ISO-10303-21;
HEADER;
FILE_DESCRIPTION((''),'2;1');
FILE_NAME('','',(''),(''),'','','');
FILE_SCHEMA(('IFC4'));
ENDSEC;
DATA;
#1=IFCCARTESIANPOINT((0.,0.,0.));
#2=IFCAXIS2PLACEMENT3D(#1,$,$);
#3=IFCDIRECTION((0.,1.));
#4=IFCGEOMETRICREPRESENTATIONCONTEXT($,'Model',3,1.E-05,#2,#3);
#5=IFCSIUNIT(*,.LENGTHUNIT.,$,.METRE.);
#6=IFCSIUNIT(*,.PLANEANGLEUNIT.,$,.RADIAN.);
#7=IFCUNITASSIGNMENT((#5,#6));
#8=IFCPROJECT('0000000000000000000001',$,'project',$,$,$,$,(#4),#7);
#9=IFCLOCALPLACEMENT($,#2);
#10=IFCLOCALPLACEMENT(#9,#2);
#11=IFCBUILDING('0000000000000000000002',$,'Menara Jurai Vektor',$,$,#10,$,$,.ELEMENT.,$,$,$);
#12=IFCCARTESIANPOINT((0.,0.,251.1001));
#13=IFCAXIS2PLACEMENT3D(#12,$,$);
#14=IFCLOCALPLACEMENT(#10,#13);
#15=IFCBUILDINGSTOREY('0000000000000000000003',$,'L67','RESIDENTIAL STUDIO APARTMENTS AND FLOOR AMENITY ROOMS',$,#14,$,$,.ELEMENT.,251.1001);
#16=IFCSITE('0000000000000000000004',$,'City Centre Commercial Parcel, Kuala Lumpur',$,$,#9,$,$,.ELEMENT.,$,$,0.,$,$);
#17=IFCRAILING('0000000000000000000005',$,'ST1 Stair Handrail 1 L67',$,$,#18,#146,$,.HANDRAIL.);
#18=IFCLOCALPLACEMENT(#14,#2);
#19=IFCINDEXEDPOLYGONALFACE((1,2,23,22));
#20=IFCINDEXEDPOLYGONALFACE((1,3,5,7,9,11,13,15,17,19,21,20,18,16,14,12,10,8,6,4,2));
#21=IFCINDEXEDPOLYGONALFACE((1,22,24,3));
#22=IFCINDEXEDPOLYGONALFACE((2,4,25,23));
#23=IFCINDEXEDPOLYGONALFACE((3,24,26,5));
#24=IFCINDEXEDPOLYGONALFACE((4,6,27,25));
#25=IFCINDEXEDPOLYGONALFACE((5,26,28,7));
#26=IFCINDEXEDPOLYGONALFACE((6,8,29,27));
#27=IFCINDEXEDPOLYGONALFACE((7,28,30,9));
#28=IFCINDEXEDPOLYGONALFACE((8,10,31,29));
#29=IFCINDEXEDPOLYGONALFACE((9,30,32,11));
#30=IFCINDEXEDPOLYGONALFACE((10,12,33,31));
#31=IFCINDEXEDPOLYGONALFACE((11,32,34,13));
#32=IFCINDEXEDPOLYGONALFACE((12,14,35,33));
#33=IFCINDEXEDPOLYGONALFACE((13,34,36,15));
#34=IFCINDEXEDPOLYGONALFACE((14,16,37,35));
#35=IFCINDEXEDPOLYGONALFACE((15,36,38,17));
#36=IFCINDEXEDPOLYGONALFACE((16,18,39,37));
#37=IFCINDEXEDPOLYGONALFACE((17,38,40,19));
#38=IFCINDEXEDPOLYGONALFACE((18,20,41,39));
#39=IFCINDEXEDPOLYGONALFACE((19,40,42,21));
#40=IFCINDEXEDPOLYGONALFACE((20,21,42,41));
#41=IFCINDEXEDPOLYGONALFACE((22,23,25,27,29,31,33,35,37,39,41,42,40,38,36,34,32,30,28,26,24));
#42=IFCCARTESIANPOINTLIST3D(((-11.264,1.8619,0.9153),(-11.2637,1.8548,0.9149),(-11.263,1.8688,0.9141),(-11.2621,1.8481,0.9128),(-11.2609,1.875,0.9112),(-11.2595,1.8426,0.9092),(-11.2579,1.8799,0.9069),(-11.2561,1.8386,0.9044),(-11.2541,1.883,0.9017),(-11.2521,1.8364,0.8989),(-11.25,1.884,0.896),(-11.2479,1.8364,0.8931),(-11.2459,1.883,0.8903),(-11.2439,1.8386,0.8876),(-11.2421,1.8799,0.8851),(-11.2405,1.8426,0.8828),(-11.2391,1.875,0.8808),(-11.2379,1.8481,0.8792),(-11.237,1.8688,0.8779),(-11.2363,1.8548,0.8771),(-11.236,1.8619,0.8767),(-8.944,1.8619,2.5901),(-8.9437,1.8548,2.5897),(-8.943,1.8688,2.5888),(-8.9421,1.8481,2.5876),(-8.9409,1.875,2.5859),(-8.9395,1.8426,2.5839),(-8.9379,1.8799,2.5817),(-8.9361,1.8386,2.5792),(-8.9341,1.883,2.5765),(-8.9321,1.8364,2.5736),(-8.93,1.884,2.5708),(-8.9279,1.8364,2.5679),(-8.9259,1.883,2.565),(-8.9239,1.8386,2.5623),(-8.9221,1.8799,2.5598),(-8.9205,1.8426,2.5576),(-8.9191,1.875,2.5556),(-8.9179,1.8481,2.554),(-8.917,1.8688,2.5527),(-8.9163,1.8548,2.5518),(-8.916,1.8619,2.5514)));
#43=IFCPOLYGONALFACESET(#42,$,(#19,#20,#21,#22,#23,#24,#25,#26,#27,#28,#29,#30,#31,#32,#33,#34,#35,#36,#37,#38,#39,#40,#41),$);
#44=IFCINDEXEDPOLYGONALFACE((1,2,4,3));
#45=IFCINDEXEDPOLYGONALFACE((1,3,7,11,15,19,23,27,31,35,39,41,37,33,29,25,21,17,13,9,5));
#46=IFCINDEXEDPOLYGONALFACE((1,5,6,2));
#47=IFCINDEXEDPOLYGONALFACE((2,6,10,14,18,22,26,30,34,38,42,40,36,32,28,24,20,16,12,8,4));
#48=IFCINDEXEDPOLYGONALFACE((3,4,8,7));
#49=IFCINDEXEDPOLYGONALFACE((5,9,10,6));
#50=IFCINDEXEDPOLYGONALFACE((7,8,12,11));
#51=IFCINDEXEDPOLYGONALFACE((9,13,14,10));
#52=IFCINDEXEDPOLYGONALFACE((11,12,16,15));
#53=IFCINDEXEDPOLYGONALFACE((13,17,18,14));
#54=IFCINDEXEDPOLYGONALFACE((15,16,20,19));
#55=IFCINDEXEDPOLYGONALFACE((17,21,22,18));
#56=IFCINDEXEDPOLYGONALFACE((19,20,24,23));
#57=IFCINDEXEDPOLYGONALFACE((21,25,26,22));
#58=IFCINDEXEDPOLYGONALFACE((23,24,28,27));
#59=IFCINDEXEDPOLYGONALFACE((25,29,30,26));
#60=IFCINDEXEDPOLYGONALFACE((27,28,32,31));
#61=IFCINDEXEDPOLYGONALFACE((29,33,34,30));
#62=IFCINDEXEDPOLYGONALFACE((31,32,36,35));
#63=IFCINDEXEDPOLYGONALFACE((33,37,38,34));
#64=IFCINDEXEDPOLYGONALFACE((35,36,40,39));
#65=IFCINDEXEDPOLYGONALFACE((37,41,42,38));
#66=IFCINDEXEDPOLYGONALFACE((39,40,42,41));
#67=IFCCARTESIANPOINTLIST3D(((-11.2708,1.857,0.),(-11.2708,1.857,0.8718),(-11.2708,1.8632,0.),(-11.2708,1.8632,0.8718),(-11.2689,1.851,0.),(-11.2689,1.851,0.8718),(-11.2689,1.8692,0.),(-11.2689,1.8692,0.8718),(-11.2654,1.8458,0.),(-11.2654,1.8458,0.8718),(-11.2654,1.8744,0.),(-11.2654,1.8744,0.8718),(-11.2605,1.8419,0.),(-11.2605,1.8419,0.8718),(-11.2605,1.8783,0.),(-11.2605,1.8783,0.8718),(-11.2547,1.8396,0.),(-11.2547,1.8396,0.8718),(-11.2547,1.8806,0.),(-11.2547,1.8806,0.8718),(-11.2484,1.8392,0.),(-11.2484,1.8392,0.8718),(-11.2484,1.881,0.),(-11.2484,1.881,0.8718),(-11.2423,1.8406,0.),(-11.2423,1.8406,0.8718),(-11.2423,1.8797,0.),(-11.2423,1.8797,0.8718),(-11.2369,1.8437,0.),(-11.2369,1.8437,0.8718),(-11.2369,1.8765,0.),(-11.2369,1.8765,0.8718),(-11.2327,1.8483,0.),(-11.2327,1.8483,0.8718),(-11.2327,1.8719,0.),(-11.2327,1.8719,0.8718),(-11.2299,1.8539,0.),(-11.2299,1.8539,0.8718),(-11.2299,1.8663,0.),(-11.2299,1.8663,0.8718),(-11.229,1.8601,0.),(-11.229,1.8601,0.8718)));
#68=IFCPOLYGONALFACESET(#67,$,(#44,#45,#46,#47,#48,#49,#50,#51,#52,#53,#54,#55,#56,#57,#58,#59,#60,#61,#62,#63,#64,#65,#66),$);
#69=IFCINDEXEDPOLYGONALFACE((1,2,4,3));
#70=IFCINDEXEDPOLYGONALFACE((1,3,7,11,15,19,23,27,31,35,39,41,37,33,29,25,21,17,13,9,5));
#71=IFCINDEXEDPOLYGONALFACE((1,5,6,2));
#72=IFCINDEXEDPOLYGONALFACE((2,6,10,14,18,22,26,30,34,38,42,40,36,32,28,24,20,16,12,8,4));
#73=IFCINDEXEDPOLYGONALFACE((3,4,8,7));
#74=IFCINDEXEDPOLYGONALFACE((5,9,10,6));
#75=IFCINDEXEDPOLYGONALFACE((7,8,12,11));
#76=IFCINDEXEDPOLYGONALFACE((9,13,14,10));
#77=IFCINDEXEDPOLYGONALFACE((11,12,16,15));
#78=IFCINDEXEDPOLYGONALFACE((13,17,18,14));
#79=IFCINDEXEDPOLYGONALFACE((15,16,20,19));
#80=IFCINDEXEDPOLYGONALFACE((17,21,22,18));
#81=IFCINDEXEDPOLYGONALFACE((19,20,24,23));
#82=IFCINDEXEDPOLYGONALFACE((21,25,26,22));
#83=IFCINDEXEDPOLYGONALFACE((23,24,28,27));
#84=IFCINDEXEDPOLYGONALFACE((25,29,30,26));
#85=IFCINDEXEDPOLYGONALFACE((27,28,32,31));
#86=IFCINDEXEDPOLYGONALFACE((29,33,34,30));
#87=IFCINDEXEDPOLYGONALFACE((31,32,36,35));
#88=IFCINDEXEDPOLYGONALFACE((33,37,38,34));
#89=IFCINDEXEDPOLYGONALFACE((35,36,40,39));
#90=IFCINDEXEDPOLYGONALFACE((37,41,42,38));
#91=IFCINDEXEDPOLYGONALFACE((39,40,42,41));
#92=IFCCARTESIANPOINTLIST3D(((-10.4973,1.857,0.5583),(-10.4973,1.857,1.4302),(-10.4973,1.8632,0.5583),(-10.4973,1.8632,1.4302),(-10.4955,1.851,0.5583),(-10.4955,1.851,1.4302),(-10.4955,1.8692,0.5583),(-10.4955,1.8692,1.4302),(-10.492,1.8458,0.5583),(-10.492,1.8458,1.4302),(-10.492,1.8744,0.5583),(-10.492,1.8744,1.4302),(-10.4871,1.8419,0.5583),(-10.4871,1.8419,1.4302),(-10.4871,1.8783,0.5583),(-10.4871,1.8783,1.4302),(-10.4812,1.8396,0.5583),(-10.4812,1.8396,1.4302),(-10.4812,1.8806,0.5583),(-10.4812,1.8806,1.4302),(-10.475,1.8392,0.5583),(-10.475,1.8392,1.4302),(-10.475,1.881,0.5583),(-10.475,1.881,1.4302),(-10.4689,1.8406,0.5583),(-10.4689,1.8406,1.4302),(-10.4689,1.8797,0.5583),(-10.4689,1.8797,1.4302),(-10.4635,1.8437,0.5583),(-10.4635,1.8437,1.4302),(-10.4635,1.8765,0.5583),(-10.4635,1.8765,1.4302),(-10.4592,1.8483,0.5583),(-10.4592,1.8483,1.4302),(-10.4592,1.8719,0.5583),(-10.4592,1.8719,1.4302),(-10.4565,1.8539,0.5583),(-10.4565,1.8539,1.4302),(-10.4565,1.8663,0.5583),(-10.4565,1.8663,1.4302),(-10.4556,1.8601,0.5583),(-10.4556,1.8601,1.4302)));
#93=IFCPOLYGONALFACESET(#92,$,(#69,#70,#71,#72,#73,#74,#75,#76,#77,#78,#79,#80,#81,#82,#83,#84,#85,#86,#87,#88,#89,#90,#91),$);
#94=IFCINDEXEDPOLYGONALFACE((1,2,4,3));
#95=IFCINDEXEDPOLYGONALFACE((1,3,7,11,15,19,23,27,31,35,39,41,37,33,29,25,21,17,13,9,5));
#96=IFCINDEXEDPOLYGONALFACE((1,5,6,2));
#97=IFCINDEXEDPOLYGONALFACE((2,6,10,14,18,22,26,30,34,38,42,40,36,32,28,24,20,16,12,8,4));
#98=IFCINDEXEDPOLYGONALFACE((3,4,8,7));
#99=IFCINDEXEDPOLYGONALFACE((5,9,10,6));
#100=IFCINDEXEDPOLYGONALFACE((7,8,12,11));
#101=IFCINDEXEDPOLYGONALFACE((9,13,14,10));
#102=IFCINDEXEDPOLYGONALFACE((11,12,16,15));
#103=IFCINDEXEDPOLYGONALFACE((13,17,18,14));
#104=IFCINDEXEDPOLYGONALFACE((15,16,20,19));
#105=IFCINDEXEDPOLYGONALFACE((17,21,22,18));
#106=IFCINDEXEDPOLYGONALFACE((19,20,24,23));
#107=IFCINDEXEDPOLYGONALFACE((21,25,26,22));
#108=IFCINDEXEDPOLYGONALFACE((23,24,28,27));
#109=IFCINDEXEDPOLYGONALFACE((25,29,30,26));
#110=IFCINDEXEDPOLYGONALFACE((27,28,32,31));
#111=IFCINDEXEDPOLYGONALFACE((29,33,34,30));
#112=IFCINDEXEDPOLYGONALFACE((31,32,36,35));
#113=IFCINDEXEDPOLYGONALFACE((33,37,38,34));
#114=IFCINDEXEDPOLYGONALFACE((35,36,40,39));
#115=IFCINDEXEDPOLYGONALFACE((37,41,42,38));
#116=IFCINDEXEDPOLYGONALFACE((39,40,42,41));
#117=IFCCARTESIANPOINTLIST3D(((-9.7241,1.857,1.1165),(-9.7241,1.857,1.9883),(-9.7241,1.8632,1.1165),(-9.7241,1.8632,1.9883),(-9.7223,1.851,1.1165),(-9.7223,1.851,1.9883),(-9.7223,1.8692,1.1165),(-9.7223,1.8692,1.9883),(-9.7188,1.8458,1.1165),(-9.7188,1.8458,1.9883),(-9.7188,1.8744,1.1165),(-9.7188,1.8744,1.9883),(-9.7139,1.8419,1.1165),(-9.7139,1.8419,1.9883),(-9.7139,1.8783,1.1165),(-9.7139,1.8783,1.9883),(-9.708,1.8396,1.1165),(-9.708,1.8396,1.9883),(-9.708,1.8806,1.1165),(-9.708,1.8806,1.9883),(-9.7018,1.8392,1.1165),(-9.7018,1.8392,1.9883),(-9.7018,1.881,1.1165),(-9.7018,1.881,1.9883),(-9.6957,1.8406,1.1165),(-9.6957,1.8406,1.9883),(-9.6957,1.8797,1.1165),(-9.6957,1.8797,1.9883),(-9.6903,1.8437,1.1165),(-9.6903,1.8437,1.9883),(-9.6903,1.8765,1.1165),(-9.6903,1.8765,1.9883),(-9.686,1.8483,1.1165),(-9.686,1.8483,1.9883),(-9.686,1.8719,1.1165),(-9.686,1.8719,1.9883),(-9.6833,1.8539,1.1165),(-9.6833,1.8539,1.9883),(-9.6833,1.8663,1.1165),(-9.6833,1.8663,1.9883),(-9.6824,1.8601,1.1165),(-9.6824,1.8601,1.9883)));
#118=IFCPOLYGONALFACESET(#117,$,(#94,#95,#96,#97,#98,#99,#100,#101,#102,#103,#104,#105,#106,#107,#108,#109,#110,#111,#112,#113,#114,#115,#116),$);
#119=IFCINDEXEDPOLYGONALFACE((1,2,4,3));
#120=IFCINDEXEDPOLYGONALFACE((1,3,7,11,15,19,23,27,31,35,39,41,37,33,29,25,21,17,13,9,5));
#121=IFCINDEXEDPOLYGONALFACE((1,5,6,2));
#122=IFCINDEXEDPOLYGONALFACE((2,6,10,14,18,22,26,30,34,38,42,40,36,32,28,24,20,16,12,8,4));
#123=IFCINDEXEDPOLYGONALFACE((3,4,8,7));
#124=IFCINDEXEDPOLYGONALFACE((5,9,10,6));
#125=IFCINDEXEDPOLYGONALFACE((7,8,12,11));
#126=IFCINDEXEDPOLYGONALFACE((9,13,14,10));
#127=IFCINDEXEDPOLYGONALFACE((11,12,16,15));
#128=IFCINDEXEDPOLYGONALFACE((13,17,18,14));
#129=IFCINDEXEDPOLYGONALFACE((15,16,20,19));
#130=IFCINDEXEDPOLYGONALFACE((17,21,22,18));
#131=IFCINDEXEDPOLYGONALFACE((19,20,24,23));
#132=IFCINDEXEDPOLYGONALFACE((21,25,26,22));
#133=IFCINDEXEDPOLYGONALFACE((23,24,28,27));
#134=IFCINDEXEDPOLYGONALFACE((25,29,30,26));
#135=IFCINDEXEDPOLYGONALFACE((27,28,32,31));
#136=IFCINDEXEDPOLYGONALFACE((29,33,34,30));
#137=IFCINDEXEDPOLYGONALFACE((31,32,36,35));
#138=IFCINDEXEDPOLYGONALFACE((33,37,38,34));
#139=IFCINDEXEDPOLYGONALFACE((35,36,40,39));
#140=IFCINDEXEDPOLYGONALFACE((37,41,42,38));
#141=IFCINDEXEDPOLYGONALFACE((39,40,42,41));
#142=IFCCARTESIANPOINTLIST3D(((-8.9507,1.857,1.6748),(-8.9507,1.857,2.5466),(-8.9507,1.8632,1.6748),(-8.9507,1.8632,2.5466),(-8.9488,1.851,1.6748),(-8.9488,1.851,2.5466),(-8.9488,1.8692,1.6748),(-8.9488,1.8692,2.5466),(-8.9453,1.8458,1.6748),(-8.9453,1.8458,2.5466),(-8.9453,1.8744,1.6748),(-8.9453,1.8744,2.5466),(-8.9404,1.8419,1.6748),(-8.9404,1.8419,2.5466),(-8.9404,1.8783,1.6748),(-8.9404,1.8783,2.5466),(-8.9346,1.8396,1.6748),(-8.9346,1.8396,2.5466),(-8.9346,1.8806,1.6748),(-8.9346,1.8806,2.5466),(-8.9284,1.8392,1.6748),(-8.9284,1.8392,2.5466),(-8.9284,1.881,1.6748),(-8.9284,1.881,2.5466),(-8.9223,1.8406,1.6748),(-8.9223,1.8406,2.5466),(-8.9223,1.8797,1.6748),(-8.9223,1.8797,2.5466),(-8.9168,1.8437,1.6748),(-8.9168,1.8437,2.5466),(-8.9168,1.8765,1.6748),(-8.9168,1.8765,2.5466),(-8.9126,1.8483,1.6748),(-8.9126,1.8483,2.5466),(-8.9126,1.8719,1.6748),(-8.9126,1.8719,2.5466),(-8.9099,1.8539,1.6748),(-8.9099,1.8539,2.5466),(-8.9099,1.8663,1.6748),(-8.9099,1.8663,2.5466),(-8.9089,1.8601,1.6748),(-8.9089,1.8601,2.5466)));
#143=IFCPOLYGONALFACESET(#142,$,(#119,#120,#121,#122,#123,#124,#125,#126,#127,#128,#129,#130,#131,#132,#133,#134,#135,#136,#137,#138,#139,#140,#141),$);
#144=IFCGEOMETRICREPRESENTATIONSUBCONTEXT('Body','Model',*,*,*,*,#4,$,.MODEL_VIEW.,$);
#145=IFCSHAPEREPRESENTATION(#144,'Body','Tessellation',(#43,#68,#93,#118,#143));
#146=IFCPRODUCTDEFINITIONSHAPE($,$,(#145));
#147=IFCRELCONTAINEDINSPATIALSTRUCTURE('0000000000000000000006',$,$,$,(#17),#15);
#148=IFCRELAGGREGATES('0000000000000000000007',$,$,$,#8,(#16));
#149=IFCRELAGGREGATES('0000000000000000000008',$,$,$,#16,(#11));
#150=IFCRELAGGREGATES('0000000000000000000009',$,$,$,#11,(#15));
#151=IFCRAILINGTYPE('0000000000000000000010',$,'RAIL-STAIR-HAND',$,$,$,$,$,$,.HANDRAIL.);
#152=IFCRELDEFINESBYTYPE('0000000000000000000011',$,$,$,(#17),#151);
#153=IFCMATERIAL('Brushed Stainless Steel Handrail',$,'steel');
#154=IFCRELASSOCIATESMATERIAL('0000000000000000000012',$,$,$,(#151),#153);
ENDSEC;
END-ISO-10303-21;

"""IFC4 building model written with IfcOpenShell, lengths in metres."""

from ifc_helpers import new_model, si_unit, direction, frame, origin, origin_2d, place, context, subcontext, project, spatial, circle, extrude, material, type_object, element, save


model = new_model("IFC4")

# Units and contexts
model_context = context("Model", 3, precision=1e-05, world=origin(), true_north=direction((0.0, 1.0)))
body_context = subcontext(model_context, "Body", "Model", "MODEL_VIEW")
ifc_project = project(units=[si_unit("LENGTHUNIT", "METRE"), si_unit("PLANEANGLEUNIT", "RADIAN")], contexts=[model_context])

# Site, building, storey
site_placement = place(None, origin())
site = spatial("IfcSite", under=ifc_project, at=site_placement, Name="City Centre Commercial Parcel, Kuala Lumpur", CompositionType="ELEMENT", RefElevation=0.0)
building_placement = place(site_placement, origin())
building = spatial("IfcBuilding", under=site, at=building_placement, Name="Menara Jurai Vektor", CompositionType="ELEMENT")
storey_placement = place(building_placement, frame((0.0, 0.0, 251.1001)))
storey = spatial("IfcBuildingStorey", under=building, at=storey_placement, Name="L67", Description="RESIDENTIAL STUDIO APARTMENTS AND FLOOR AMENITY ROOMS", CompositionType="ELEMENT", Elevation=251.1001)

# Railing
ifc_material_1 = material(Name="Brushed Stainless Steel Handrail", Category="steel")
railing_type_1 = type_object("IfcRailingType", Name="RAIL-STAIR-HAND", PredefinedType="HANDRAIL", material=ifc_material_1)
railing_1_placement = place(storey_placement, frame((-11.25, 1.8601, 0.0)))
element("IfcRailing", 1, at=railing_1_placement, inside=storey, type_object=railing_type_1, Name="ST1 Stair Handrail 1 L67", PredefinedType="HANDRAIL", context=body_context, shape_type="SweptSolid", body=[
    extrude(circle(Radius=0.0239, at=origin_2d()), frame((0.0, 0.0, 0.896), z_axis=(0.810812, 0.0, 0.585307), x_axis=(0.0, 1.0, 0.0)), (0.0, 0.0, 1.0), 2.8613),
    extrude(circle(Radius=0.021, at=origin_2d()), origin(), (0.0, 0.0, 1.0), 0.8718),
    extrude(circle(Radius=0.021, at=origin_2d()), frame((0.7734, 0.0, 0.5583)), (0.0, 0.0, 1.0), 0.8718),
    extrude(circle(Radius=0.021, at=origin_2d()), frame((1.5466, 0.0, 1.1165)), (0.0, 0.0, 1.0), 0.8718),
    extrude(circle(Radius=0.021, at=origin_2d()), frame((2.3201, 0.0, 1.6748)), (0.0, 0.0, 1.0), 0.8718),
])

save(model, "model.ifc")
